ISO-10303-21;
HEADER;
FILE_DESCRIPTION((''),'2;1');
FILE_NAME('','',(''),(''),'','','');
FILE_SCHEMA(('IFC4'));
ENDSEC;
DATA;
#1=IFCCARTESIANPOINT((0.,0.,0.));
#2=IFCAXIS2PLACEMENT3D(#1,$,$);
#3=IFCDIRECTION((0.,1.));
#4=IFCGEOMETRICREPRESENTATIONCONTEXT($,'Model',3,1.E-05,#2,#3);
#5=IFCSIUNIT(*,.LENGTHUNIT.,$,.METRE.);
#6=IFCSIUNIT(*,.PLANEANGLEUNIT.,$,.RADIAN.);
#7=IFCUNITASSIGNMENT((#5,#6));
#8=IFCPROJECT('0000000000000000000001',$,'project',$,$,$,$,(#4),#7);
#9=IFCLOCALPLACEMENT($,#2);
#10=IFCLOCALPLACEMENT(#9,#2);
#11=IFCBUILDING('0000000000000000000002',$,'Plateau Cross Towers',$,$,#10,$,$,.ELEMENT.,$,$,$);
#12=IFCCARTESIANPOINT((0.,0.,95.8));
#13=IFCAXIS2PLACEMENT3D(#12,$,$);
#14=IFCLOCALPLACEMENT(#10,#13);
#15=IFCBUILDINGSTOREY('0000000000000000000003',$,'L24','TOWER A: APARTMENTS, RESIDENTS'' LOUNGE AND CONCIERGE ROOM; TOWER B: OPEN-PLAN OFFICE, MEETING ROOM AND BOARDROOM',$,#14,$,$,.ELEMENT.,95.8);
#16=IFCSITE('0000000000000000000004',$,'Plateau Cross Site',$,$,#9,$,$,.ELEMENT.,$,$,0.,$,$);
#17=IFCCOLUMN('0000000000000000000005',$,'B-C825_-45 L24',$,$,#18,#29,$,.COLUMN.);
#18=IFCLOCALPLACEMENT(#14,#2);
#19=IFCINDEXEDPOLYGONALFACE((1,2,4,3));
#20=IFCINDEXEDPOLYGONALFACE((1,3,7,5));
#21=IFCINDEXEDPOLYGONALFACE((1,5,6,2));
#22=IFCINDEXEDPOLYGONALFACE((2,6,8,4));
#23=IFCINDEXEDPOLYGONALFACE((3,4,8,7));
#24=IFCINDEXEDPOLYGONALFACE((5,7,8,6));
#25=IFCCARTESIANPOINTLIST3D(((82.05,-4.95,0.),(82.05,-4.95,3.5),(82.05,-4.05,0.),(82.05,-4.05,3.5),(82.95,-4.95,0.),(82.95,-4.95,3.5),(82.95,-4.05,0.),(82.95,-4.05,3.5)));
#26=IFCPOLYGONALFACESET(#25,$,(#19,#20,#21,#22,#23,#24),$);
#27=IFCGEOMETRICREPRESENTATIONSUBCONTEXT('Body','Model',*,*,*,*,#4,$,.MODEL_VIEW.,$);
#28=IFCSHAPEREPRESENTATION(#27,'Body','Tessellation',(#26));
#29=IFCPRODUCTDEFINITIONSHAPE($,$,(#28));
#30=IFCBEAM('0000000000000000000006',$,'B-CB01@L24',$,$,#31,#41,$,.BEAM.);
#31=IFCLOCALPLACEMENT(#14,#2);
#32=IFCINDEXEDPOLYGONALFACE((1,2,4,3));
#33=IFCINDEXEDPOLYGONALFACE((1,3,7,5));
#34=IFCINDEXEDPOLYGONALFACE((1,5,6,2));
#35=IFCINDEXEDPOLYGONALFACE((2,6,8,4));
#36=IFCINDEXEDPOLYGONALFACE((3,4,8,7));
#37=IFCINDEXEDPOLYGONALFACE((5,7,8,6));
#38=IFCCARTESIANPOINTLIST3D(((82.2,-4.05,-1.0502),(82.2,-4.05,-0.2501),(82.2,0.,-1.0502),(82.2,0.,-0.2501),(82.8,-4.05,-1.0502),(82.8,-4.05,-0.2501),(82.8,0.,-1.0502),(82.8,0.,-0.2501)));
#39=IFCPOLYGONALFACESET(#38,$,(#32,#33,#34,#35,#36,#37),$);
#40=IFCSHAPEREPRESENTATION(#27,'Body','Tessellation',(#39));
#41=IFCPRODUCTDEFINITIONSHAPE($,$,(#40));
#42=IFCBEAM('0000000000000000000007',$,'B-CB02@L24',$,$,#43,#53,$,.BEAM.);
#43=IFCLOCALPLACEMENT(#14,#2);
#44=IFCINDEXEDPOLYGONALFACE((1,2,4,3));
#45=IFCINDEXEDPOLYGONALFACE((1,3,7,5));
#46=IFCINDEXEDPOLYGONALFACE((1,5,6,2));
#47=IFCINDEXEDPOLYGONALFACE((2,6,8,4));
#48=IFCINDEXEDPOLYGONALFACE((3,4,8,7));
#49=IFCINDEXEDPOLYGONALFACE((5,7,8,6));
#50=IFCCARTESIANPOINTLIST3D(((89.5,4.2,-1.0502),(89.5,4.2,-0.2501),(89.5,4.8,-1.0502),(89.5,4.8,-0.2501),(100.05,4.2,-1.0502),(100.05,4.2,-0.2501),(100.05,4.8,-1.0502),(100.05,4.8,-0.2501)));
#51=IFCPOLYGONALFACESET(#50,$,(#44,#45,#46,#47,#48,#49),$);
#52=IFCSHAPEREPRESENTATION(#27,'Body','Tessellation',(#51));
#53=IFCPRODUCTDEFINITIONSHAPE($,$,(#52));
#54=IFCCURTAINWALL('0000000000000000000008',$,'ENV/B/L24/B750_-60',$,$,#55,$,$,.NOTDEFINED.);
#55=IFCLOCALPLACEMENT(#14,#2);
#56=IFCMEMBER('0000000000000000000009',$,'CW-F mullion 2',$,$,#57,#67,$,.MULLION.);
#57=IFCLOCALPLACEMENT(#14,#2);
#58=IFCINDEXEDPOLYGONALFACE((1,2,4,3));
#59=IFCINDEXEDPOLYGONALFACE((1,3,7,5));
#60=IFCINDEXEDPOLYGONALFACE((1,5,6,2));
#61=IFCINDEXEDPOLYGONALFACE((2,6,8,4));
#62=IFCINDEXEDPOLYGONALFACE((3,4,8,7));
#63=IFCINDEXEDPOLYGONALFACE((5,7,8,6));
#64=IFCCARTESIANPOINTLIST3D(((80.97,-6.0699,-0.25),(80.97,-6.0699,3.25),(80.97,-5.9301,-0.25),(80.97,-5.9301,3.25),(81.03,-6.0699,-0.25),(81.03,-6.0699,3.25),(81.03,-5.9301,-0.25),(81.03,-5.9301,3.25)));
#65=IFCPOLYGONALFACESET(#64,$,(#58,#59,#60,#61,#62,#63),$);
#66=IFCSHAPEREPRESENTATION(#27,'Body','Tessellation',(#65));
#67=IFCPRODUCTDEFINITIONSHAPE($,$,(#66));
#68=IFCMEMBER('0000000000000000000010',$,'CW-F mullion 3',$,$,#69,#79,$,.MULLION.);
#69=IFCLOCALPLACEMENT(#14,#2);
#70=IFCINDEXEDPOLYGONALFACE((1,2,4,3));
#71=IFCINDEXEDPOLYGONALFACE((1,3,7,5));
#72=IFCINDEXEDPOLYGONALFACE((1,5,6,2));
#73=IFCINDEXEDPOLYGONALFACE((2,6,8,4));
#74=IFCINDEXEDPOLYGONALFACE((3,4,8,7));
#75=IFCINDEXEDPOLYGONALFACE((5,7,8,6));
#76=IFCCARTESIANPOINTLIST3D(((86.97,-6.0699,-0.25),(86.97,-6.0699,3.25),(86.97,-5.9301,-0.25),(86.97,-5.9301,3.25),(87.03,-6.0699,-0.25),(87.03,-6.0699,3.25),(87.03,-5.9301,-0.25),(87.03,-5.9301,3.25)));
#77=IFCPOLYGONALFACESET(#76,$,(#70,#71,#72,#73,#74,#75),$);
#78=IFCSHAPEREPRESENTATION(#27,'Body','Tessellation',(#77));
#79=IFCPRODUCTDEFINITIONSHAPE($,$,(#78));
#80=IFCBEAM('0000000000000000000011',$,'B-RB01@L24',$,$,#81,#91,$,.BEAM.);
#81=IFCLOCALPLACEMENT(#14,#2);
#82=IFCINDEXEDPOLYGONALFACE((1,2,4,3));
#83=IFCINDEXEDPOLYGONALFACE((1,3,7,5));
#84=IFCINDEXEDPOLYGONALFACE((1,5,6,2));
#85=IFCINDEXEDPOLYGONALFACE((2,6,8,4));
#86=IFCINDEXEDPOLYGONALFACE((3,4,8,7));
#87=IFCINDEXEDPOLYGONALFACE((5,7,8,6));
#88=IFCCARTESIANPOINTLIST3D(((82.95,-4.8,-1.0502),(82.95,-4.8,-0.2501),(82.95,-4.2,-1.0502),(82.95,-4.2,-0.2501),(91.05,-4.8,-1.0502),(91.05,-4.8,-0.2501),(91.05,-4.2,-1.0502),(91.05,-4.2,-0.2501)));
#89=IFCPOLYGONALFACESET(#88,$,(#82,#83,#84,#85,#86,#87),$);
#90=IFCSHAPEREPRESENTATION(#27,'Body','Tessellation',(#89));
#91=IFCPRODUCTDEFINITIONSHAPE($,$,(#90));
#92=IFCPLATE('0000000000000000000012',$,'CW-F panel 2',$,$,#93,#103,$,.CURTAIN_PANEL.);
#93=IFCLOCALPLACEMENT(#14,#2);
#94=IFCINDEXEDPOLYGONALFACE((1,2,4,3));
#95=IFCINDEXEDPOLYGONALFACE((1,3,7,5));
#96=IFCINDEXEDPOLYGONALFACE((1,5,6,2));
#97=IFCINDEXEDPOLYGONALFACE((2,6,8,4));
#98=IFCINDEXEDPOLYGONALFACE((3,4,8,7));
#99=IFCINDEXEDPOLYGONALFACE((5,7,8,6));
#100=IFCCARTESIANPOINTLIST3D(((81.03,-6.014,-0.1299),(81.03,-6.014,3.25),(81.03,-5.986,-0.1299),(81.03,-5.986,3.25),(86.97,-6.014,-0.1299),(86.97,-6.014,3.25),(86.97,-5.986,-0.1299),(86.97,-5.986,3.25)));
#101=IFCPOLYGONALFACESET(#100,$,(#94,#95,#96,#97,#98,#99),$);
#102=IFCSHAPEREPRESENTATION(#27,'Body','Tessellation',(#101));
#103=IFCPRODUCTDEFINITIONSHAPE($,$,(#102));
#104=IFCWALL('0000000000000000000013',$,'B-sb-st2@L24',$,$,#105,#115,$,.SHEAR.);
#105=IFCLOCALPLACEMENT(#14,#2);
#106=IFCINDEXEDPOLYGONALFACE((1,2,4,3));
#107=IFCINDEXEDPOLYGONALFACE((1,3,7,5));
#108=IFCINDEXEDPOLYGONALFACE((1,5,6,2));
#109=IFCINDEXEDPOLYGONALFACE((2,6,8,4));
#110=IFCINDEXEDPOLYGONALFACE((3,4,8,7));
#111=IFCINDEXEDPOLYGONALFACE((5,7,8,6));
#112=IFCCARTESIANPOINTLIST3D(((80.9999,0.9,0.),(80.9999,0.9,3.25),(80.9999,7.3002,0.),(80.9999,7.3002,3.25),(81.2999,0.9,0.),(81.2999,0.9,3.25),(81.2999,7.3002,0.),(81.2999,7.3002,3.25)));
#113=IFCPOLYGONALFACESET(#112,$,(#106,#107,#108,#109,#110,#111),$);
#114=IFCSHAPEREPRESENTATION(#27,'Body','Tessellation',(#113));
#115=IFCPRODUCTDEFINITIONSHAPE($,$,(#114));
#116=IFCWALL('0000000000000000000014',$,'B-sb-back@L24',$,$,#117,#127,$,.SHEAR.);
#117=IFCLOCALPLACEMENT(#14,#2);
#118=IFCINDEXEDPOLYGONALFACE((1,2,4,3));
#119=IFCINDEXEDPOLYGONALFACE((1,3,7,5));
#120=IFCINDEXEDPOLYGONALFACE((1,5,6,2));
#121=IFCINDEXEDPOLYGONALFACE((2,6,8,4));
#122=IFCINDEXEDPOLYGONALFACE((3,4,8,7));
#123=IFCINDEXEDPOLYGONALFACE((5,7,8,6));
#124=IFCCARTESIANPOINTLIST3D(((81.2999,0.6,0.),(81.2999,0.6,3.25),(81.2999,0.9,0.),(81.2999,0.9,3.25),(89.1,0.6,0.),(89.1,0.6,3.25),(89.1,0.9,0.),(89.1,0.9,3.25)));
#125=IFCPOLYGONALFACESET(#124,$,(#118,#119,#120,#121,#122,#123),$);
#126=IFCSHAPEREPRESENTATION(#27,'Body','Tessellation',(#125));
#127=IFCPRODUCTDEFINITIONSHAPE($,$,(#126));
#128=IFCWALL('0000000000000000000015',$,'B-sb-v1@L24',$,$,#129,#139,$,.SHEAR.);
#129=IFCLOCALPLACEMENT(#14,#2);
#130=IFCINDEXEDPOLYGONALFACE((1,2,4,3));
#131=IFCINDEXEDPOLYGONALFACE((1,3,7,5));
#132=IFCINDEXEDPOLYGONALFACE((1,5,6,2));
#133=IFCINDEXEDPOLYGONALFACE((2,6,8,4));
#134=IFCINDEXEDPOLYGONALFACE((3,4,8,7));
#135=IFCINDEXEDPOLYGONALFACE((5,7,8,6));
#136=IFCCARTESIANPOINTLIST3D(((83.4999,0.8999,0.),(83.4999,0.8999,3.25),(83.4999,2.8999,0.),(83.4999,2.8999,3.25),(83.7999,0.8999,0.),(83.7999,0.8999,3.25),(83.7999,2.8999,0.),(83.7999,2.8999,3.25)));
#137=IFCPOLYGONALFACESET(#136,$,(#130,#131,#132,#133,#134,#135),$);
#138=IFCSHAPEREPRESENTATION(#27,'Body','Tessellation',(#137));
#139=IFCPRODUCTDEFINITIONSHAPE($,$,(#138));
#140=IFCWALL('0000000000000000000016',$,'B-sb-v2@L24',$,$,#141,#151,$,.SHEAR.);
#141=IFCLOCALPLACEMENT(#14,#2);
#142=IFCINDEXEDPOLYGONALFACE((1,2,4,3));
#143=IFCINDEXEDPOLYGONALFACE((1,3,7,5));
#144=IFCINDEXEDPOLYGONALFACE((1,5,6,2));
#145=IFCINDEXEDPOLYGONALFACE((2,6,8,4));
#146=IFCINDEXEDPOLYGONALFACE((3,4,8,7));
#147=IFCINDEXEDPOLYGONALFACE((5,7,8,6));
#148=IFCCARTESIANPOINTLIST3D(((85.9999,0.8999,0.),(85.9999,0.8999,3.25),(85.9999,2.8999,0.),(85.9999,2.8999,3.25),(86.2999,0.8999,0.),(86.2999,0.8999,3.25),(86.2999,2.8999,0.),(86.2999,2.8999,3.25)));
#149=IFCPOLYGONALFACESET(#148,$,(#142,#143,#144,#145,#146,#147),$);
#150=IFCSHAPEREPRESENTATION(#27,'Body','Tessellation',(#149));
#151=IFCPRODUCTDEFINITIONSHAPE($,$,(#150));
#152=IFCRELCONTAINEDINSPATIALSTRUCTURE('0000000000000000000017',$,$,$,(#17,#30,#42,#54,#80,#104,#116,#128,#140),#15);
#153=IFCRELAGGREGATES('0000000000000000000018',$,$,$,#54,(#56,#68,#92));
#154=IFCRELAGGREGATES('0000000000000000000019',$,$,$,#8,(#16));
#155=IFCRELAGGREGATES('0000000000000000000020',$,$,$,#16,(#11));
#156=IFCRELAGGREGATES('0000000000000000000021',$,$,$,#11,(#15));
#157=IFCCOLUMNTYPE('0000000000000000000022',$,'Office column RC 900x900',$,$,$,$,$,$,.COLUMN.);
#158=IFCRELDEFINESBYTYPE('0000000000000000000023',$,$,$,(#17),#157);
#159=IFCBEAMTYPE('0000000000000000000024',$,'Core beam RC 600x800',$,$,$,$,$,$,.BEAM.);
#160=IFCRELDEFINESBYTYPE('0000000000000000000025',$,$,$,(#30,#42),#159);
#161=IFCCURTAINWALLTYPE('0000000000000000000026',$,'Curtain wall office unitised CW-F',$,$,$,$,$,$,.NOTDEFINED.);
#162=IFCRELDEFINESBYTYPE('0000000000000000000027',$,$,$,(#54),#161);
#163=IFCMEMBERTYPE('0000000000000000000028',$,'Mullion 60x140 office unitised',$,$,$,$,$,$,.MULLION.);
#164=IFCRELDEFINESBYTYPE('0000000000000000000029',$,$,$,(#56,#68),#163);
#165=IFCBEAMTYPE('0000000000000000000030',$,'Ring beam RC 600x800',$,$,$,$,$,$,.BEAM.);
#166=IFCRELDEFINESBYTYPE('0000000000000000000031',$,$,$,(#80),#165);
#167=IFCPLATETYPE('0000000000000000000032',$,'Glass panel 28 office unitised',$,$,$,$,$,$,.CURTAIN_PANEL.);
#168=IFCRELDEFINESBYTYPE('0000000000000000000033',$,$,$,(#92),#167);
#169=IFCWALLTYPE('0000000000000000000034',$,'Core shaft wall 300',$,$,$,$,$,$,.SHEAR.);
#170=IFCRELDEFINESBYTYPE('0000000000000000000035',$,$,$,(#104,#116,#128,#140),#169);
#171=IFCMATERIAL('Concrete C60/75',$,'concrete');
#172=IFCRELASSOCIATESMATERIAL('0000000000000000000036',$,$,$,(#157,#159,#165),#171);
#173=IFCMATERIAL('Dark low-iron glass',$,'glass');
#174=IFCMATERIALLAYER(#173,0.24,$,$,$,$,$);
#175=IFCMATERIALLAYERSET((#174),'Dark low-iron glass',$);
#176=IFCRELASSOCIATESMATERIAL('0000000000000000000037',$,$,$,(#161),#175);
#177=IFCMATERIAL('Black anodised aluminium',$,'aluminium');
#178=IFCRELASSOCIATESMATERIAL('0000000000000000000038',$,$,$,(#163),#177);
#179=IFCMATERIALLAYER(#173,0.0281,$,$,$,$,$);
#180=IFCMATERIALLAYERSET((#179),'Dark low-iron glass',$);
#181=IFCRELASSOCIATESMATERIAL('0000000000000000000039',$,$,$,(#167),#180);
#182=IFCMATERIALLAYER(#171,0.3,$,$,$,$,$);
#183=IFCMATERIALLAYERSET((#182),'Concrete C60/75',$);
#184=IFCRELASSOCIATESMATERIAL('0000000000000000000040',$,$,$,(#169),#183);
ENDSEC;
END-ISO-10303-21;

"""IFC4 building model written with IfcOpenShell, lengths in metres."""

from ifc_helpers import new_model, si_unit, direction, frame, frame_2d, origin, origin_2d, place, context, subcontext, project, spatial, rectangle, extrude, material, layer, layer_set, material_profile, profile_set, type_object, element, aggregate, save


model = new_model("IFC4")

# Units and contexts
model_context = context("Model", 3, precision=1e-05, world=origin(), true_north=direction((0.0, 1.0)))
body_context = subcontext(model_context, "Body", "Model", "MODEL_VIEW")
ifc_project = project(units=[si_unit("LENGTHUNIT", "METRE"), si_unit("PLANEANGLEUNIT", "RADIAN")], contexts=[model_context])

# Site, building, storey
site_placement = place(None, origin())
site = spatial("IfcSite", under=ifc_project, at=site_placement, Name="Plateau Cross Site", CompositionType="ELEMENT", RefElevation=0.0)
building_placement = place(site_placement, origin())
building = spatial("IfcBuilding", under=site, at=building_placement, Name="Plateau Cross Towers", CompositionType="ELEMENT")
storey_placement = place(building_placement, frame((0.0, 0.0, 95.8)))
storey = spatial("IfcBuildingStorey", under=building, at=storey_placement, Name="L24", Description="TOWER A: APARTMENTS, RESIDENTS' LOUNGE AND CONCIERGE ROOM; TOWER B: OPEN-PLAN OFFICE, MEETING ROOM AND BOARDROOM", CompositionType="ELEMENT", Elevation=95.8)

# Column
ifc_material_1 = material(Name="Concrete C60/75", Category="concrete")
ifc_material_profile_1 = material_profile(ifc_material_1, rectangle(XDim=0.8999, YDim=0.8999, at=origin_2d()), Name="RC 900x900")
ifc_profile_set_1 = profile_set([ifc_material_profile_1], Name="Concrete C60/75")
column_type = type_object("IfcColumnType", Name="Office column RC 900x900", PredefinedType="COLUMN", material=ifc_profile_set_1)
column_placement = place(storey_placement, frame((82.5, -4.5, 0.0), z_axis=(0.0, 0.0, 1.0), x_axis=(1.0, 0.0, 0.0)))
element("IfcColumn", 1, at=column_placement, inside=storey, type_object=column_type, Name="B-C825_-45 L24", PredefinedType="COLUMN", context=body_context, shape_type="SweptSolid", body=[
    extrude(rectangle(XDim=0.8999, YDim=0.8999, at=origin_2d()), origin(), (0.0, 0.0, 1.0), 3.5),
])

# Beams
ifc_material_profile_2 = material_profile(ifc_material_1, rectangle(XDim=0.6001, YDim=0.8, at=origin_2d()), Name="RC 600x800")
ifc_profile_set_2 = profile_set([ifc_material_profile_2], Name="Concrete C60/75")
beam_type_1 = type_object("IfcBeamType", Name="Core beam RC 600x800", PredefinedType="BEAM", material=ifc_profile_set_2)
beam_1_placement = place(storey_placement, frame((82.5, 0.0, -0.6501), z_axis=(0.0, -1.0, 0.0), x_axis=(1.0, 0.0, 0.0)))
element("IfcBeam", 2, at=beam_1_placement, inside=storey, type_object=beam_type_1, Name="B-CB01@L24", PredefinedType="BEAM", context=body_context, shape_type="SweptSolid", body=[
    extrude(rectangle(XDim=0.6001, YDim=0.8, at=origin_2d()), origin(), (0.0, 0.0, 1.0), 4.05),
])
beam_2_placement = place(storey_placement, frame((89.5, 4.5, -0.6501), z_axis=(1.0, 0.0, 0.0), x_axis=(0.0, 1.0, 0.0)))
element("IfcBeam", 3, at=beam_2_placement, inside=storey, type_object=beam_type_1, Name="B-CB02@L24", PredefinedType="BEAM", context=body_context, shape_type="SweptSolid", body=[
    extrude(rectangle(XDim=0.6001, YDim=0.8, at=origin_2d()), origin(), (0.0, 0.0, 1.0), 10.55),
])

# Curtain wall, members
ifc_material_2 = material(Name="Dark low-iron glass", Category="glass")
ifc_layer_1 = layer(ifc_material_2, 0.24)
ifc_layer_set_1 = layer_set([ifc_layer_1], Name="Dark low-iron glass")
curtain_wall_type = type_object("IfcCurtainWallType", Name="Curtain wall office unitised CW-F", PredefinedType="NOTDEFINED", material=ifc_layer_set_1)
curtain_wall_placement = place(storey_placement, origin())
curtain_wall = element("IfcCurtainWall", 4, at=curtain_wall_placement, inside=storey, type_object=curtain_wall_type, Name="ENV/B/L24/B750_-60", PredefinedType="NOTDEFINED")
ifc_material_3 = material(Name="Black anodised aluminium", Category="aluminium")
ifc_material_profile_3 = material_profile(ifc_material_3, rectangle(XDim=0.0601, YDim=0.1399, at=origin_2d()), Name="MULLION 60x140")
ifc_profile_set_3 = profile_set([ifc_material_profile_3], Name="Black anodised aluminium")
member_type = type_object("IfcMemberType", Name="Mullion 60x140 office unitised", PredefinedType="MULLION", material=ifc_profile_set_3)
member_1_placement = place(storey_placement, frame((81.0, -6.0, -0.25), z_axis=(0.0, 0.0, 1.0), x_axis=(1.0, 0.0, 0.0)))
member_1 = element("IfcMember", 5, at=member_1_placement, type_object=member_type, Name="CW-F mullion 2", PredefinedType="MULLION", context=body_context, shape_type="SweptSolid", body=[
    extrude(rectangle(XDim=0.0601, YDim=0.1399, at=origin_2d()), origin(), (0.0, 0.0, 1.0), 3.5),
])
member_2_placement = place(storey_placement, frame((87.0, -6.0, -0.25), z_axis=(0.0, 0.0, 1.0), x_axis=(1.0, 0.0, 0.0)))
member_2 = element("IfcMember", 6, at=member_2_placement, type_object=member_type, Name="CW-F mullion 3", PredefinedType="MULLION", context=body_context, shape_type="SweptSolid", body=[
    extrude(rectangle(XDim=0.0601, YDim=0.1399, at=origin_2d()), origin(), (0.0, 0.0, 1.0), 3.5),
])

# Beam
ifc_material_profile_4 = material_profile(ifc_material_1, rectangle(XDim=0.6001, YDim=0.8, at=origin_2d()), Name="RC 600x800")
ifc_profile_set_4 = profile_set([ifc_material_profile_4], Name="Concrete C60/75")
beam_type_2 = type_object("IfcBeamType", Name="Ring beam RC 600x800", PredefinedType="BEAM", material=ifc_profile_set_4)
beam_3_placement = place(storey_placement, frame((82.95, -4.5, -0.6501), z_axis=(1.0, 0.0, 0.0), x_axis=(0.0, 1.0, 0.0)))
element("IfcBeam", 7, at=beam_3_placement, inside=storey, type_object=beam_type_2, Name="B-RB01@L24", PredefinedType="BEAM", context=body_context, shape_type="SweptSolid", body=[
    extrude(rectangle(XDim=0.6001, YDim=0.8, at=origin_2d()), origin(), (0.0, 0.0, 1.0), 8.1001),
])

# Plate
ifc_layer_2 = layer(ifc_material_2, 0.0281)
ifc_layer_set_2 = layer_set([ifc_layer_2], Name="Dark low-iron glass")
plate_type = type_object("IfcPlateType", Name="Glass panel 28 office unitised", PredefinedType="CURTAIN_PANEL", material=ifc_layer_set_2)
plate_placement = place(storey_placement, frame((84.0, -6.0, -0.1299), z_axis=(0.0, 0.0, 1.0), x_axis=(1.0, 0.0, 0.0)))
plate = element("IfcPlate", 8, at=plate_placement, type_object=plate_type, Name="CW-F panel 2", PredefinedType="CURTAIN_PANEL", context=body_context, shape_type="SweptSolid", body=[
    extrude(rectangle(XDim=5.9399, YDim=0.0281, at=origin_2d()), origin(), (0.0, 0.0, 1.0), 3.3799),
])
aggregate(curtain_wall, [member_1, member_2, plate])

# Walls
ifc_layer_3 = layer(ifc_material_1, 0.3)
ifc_layer_set_3 = layer_set([ifc_layer_3], Name="Concrete C60/75")
wall_type_1 = type_object("IfcWallType", Name="Core shaft wall 300", PredefinedType="SHEAR", material=ifc_layer_set_3)
wall_1_placement = place(storey_placement, frame((81.1499, 0.8999, 0.0), z_axis=(0.0, 0.0, 1.0), x_axis=(0.0, 1.0, 0.0)))
element("IfcWall", 9, at=wall_1_placement, inside=storey, type_object=wall_type_1, Name="B-sb-st2@L24", PredefinedType="SHEAR", context=body_context, shape_type="SweptSolid", body=[
    extrude(rectangle(XDim=6.4001, YDim=0.3, at=frame_2d((3.2002, 0.0))), origin(), (0.0, 0.0, 1.0), 3.25),
])
wall_2_placement = place(storey_placement, frame((81.3, 0.75, 0.0), z_axis=(0.0, 0.0, 1.0), x_axis=(1.0, 0.0, 0.0)))
element("IfcWall", 10, at=wall_2_placement, inside=storey, type_object=wall_type_1, Name="B-sb-back@L24", PredefinedType="SHEAR", context=body_context, shape_type="SweptSolid", body=[
    extrude(rectangle(XDim=7.8, YDim=0.3, at=frame_2d((3.8999, 0.0))), origin(), (0.0, 0.0, 1.0), 3.25),
])
for number, where, z_axis, x_axis, name in (
    (11, (83.6499, 0.8999, 0.0), (0.0, 0.0, 1.0), (0.0, 1.0, 0.0), "B-sb-v1@L24"),
    (12, (86.1499, 0.8999, 0.0), (0.0, 0.0, 1.0), (0.0, 1.0, 0.0), "B-sb-v2@L24"),
):
    element("IfcWall", number, at=place(storey_placement, frame(where, z_axis=z_axis, x_axis=x_axis)), inside=storey, type_object=wall_type_1, Name=name, PredefinedType="SHEAR", context=body_context, shape_type="SweptSolid", body=[
        extrude(rectangle(XDim=2.0, YDim=0.3, at=frame_2d((1.0, 0.0))), origin(), (0.0, 0.0, 1.0), 3.25),
    ])

save(model, "model.ifc")
